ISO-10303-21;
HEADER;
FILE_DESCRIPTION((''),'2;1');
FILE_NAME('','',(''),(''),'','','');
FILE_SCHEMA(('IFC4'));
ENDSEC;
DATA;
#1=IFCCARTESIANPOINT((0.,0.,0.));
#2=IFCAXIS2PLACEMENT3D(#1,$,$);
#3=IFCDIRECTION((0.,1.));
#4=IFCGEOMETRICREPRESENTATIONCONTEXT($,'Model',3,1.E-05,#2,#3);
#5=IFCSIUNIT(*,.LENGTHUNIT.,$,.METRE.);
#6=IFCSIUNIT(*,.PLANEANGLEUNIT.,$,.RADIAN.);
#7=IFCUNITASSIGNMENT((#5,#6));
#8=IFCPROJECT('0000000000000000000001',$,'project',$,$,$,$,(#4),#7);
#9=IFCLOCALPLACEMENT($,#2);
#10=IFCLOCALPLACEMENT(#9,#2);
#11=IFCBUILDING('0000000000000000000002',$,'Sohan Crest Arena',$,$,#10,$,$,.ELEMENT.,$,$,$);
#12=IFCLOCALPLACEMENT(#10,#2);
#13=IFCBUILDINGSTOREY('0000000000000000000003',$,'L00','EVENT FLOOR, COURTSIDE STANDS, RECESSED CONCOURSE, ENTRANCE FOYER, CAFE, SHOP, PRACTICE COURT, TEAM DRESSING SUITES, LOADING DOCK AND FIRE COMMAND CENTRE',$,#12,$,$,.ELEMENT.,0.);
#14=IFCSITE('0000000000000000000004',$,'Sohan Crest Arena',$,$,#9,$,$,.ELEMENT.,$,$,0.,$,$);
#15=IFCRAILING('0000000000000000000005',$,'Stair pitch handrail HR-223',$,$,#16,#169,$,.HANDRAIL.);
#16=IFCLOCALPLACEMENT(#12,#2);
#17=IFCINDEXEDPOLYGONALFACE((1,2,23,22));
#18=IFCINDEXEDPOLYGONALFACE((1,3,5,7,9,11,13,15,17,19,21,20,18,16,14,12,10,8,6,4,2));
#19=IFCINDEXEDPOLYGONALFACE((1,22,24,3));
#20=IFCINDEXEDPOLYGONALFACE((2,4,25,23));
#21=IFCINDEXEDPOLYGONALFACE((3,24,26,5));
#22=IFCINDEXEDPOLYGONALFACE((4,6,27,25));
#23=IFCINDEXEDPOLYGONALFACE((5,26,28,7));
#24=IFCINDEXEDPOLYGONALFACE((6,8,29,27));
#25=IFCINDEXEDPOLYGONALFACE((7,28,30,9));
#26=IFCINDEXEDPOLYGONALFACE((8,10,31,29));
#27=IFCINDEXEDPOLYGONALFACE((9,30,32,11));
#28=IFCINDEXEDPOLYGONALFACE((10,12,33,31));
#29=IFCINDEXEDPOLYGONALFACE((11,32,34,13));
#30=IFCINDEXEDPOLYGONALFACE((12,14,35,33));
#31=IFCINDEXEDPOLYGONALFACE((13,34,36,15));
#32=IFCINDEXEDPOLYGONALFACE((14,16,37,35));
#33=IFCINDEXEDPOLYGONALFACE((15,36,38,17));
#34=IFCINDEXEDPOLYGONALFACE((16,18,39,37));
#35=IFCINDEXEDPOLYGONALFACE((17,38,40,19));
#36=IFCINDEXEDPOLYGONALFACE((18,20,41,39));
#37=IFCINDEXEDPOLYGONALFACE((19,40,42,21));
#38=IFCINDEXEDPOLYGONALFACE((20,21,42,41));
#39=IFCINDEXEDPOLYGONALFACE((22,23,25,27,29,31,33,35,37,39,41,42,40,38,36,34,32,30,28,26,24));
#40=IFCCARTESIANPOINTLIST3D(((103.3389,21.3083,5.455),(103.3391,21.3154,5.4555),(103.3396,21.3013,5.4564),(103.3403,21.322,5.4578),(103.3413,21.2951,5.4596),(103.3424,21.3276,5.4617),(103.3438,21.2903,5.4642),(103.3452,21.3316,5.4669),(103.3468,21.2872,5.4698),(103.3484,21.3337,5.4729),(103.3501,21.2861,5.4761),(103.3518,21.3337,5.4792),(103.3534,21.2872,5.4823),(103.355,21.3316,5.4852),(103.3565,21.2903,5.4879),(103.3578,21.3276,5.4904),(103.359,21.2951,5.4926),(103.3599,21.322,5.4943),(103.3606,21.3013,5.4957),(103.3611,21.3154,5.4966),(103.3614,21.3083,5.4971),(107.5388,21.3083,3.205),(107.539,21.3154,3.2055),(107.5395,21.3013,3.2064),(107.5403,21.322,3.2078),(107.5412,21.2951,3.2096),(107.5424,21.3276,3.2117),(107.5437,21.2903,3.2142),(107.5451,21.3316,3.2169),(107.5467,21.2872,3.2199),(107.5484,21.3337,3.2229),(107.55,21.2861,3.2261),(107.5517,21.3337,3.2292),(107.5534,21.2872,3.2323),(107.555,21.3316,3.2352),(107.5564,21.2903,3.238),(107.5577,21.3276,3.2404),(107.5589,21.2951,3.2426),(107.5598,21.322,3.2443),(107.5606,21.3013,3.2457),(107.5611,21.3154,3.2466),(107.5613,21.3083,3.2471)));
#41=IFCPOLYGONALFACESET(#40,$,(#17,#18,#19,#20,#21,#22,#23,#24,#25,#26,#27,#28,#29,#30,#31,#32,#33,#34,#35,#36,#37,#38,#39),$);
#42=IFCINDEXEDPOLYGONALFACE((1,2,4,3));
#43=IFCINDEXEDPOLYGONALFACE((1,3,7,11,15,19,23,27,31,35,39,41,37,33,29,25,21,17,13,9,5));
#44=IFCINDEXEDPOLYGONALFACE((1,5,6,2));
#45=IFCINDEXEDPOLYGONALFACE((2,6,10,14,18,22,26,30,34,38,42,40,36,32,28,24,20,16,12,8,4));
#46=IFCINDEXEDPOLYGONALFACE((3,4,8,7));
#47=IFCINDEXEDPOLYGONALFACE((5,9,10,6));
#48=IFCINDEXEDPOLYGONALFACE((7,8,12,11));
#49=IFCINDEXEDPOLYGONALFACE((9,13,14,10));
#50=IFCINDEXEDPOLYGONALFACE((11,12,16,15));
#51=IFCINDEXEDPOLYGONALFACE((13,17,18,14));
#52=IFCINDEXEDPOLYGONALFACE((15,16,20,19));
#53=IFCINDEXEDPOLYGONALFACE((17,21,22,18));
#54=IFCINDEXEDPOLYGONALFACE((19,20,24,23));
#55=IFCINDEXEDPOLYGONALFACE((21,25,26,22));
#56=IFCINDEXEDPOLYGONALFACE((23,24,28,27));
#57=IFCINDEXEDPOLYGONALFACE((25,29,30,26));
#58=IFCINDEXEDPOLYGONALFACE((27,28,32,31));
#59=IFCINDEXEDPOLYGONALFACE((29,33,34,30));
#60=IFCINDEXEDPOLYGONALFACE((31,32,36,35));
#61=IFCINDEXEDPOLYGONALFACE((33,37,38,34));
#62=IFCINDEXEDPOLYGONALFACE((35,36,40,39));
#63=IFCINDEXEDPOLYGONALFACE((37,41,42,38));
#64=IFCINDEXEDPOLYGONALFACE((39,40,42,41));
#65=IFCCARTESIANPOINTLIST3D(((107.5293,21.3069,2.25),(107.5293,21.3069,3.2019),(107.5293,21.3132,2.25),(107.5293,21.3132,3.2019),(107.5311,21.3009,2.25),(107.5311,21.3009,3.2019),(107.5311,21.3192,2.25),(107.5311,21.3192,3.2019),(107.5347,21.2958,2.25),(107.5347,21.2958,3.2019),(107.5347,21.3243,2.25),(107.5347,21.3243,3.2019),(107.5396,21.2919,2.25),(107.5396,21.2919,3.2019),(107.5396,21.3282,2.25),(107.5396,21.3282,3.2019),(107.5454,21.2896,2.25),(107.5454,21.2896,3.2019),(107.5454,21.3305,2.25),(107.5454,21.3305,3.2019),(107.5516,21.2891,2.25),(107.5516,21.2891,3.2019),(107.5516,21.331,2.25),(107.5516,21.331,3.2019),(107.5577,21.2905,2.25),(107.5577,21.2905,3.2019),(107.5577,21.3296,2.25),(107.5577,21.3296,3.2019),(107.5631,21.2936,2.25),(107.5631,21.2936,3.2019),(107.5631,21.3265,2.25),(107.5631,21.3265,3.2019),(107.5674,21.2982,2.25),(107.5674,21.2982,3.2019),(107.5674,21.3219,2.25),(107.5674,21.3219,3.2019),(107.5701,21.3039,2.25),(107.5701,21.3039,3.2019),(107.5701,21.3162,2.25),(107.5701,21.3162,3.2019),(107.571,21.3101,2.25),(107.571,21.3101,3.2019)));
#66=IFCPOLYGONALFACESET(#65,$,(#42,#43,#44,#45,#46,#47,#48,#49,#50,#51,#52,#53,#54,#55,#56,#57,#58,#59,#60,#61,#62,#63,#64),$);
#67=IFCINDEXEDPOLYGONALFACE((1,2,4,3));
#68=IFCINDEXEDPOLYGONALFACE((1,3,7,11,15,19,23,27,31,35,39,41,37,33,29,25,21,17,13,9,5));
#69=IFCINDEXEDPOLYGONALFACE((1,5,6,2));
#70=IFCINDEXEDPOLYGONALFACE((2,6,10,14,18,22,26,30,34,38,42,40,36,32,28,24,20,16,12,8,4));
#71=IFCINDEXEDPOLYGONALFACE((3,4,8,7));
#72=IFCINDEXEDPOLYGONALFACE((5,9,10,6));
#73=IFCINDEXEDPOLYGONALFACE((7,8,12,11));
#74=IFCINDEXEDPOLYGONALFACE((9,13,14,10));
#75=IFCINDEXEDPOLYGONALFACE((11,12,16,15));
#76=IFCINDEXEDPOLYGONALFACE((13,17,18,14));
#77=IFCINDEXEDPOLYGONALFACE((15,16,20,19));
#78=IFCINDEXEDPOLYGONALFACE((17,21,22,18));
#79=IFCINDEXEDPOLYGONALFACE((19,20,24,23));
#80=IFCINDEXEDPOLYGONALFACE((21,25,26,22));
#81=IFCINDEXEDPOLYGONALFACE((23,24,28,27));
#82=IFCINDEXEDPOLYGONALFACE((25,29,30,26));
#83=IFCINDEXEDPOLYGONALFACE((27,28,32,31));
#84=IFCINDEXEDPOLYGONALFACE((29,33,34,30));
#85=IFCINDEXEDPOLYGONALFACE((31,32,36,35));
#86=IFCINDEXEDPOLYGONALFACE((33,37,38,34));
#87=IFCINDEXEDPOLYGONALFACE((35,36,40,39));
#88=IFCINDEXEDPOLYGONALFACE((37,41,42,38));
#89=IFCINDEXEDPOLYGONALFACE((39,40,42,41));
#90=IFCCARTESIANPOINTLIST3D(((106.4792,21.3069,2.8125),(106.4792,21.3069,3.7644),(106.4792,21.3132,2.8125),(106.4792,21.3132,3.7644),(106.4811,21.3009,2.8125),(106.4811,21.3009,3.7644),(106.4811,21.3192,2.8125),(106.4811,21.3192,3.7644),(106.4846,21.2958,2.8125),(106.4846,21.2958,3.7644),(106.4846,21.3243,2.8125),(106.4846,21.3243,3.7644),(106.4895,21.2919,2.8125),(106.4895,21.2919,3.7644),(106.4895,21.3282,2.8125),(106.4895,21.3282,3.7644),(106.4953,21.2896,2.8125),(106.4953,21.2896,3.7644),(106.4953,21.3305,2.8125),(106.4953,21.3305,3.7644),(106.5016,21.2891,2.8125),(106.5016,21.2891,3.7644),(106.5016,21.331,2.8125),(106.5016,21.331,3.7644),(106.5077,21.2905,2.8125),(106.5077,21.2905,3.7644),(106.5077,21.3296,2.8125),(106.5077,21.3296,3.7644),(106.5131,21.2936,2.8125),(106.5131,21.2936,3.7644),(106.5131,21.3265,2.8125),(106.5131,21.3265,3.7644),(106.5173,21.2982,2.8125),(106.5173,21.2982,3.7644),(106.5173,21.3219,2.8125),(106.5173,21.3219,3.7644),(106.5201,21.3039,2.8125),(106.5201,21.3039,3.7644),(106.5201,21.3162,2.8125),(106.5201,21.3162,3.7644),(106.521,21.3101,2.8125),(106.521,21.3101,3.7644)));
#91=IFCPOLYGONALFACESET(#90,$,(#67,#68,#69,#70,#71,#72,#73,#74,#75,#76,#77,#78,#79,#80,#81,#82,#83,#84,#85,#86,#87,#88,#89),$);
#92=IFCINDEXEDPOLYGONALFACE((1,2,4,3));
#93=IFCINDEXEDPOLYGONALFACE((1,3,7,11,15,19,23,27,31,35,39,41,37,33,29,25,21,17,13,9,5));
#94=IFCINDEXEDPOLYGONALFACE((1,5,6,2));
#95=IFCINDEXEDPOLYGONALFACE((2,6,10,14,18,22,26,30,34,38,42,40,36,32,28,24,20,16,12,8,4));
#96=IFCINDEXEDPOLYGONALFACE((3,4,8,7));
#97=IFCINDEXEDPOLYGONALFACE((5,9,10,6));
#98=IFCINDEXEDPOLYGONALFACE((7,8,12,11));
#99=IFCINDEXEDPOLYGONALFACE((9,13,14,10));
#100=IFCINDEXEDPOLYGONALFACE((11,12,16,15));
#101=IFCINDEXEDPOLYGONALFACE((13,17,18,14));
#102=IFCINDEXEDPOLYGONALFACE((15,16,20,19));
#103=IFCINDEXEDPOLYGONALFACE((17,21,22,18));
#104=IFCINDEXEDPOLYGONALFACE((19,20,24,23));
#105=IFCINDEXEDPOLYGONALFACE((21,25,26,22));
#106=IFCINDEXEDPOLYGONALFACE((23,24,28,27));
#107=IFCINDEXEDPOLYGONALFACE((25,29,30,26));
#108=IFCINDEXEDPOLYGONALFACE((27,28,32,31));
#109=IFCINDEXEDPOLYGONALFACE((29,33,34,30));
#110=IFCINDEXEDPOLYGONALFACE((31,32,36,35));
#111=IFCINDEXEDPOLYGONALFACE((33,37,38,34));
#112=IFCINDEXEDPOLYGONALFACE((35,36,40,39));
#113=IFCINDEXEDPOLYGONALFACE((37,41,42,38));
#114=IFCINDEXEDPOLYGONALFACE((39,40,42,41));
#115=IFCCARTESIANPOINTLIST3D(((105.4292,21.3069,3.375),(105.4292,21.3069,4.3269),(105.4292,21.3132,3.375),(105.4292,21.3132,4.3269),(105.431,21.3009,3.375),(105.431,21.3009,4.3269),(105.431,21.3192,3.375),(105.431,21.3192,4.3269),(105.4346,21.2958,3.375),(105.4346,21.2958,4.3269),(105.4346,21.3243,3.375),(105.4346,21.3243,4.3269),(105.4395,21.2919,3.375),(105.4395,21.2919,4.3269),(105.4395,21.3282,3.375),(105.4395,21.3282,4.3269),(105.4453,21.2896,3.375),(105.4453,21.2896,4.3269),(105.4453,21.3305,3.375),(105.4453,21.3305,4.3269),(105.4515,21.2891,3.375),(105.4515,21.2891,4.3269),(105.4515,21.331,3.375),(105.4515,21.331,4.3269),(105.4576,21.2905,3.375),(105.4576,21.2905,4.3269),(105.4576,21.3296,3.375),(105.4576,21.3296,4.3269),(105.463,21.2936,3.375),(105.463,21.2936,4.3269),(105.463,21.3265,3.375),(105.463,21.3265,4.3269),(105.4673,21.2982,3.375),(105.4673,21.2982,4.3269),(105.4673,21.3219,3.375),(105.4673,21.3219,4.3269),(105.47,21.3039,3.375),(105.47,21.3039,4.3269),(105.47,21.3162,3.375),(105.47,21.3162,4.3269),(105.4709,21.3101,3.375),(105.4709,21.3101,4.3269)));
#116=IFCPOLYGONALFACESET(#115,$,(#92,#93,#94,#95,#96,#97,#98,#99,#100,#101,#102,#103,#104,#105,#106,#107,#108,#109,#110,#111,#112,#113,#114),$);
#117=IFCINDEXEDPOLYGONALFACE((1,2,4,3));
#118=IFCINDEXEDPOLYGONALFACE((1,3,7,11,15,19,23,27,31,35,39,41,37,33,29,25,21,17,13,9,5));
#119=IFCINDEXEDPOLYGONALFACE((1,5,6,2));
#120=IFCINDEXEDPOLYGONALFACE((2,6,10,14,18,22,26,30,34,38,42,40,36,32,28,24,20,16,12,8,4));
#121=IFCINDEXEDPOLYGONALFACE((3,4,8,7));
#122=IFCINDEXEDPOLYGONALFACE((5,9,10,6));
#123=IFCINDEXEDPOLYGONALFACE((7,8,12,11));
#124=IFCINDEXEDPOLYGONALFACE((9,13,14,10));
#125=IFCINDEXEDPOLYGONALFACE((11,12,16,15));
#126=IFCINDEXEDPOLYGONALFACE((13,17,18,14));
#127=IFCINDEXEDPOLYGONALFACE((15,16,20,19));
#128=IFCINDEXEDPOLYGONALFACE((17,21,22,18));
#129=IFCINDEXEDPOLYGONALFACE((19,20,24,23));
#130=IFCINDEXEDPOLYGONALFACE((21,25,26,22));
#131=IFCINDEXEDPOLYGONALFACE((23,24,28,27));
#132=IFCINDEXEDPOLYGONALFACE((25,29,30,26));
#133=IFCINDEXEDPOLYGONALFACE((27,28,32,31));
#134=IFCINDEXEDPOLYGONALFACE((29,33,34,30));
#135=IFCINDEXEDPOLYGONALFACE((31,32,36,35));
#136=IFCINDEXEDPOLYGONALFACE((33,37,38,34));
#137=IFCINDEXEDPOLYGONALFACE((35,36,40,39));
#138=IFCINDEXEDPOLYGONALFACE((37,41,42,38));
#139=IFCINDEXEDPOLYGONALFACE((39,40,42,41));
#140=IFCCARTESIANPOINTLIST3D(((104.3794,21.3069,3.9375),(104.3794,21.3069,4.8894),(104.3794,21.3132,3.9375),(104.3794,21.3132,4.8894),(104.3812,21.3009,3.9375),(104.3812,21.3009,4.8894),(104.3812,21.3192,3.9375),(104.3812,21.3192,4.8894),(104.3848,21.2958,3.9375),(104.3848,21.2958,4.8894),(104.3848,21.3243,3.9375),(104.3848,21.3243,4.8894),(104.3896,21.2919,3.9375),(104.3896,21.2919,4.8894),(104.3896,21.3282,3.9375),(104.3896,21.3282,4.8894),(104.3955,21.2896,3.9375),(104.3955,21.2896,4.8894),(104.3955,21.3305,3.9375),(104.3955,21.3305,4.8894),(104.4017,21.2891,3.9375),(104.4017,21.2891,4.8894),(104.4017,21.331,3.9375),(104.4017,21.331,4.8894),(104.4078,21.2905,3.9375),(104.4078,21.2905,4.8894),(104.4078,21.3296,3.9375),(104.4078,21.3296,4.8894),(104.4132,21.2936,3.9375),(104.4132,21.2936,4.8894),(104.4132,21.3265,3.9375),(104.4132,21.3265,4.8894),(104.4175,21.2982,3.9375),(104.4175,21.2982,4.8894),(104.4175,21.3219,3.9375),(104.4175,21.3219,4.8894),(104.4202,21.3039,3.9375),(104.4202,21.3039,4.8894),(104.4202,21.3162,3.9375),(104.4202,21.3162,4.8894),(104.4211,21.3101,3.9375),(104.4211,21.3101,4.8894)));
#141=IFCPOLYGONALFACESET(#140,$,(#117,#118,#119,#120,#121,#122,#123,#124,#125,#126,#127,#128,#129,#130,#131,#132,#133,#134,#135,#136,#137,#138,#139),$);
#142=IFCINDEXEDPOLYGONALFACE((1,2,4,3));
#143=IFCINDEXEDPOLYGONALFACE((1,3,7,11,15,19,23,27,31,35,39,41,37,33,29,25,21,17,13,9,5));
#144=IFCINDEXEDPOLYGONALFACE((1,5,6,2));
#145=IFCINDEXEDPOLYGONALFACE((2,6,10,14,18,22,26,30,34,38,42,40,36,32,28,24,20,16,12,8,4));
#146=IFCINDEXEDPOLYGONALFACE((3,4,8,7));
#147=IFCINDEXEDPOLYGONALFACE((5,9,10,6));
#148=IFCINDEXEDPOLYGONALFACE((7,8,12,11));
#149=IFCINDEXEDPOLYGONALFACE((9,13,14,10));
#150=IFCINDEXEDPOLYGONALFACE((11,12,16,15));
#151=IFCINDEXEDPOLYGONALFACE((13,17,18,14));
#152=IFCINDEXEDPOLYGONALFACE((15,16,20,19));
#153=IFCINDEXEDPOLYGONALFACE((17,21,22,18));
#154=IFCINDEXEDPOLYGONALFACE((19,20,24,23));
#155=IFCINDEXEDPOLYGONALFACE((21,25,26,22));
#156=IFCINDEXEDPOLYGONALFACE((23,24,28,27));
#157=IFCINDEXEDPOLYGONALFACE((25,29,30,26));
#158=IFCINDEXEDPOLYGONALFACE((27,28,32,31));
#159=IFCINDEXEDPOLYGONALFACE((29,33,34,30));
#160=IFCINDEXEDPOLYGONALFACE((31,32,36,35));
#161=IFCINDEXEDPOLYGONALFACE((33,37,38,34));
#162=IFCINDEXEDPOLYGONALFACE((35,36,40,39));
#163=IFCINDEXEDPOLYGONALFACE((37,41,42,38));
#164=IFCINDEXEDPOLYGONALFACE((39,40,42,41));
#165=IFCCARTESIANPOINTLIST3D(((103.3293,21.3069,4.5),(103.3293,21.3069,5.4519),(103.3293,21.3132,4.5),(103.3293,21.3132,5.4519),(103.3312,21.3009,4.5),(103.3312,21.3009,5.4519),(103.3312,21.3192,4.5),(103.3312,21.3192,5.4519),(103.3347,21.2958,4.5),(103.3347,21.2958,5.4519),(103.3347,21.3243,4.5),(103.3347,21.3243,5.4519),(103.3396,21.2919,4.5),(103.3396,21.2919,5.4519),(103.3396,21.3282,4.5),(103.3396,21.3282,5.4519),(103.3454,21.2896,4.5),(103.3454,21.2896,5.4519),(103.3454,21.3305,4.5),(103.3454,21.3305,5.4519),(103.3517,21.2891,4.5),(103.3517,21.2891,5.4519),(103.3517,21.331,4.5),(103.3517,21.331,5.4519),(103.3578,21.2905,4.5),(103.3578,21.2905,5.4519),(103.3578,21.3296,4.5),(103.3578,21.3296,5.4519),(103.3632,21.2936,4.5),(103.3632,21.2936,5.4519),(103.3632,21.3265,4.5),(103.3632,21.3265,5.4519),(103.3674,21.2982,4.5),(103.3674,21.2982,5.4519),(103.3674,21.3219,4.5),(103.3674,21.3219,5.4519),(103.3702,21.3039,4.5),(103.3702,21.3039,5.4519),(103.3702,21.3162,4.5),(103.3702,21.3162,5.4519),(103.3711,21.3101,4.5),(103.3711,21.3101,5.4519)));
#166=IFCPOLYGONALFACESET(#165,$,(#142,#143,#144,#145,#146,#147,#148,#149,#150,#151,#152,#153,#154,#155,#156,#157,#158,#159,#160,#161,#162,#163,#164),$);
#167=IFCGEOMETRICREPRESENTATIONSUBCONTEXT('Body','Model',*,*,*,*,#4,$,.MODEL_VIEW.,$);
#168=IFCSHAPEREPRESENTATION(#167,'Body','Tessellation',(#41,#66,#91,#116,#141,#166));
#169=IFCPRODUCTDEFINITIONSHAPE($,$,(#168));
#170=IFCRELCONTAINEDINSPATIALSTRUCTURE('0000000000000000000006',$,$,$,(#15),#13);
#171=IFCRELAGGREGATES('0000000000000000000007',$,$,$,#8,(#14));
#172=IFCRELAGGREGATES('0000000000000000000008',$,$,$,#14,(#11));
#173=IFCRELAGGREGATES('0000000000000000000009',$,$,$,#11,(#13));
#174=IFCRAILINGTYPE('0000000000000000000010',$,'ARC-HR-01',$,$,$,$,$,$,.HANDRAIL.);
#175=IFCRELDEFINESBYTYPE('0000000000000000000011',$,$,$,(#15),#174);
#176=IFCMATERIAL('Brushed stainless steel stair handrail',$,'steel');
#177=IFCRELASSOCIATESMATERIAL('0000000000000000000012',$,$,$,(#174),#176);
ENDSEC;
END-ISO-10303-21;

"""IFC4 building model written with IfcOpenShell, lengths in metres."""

from ifc_helpers import new_model, si_unit, direction, frame, origin, origin_2d, place, context, subcontext, project, spatial, circle, extrude, material, type_object, element, save


model = new_model("IFC4")

# Units and contexts
model_context = context("Model", 3, precision=1e-05, world=origin(), true_north=direction((0.0, 1.0)))
body_context = subcontext(model_context, "Body", "Model", "MODEL_VIEW")
ifc_project = project(units=[si_unit("LENGTHUNIT", "METRE"), si_unit("PLANEANGLEUNIT", "RADIAN")], contexts=[model_context])

# Site, building, storey
site_placement = place(None, origin())
site = spatial("IfcSite", under=ifc_project, at=site_placement, Name="Sohan Crest Arena", CompositionType="ELEMENT", RefElevation=0.0)
building_placement = place(site_placement, origin())
building = spatial("IfcBuilding", under=site, at=building_placement, Name="Sohan Crest Arena", CompositionType="ELEMENT")
storey_placement = place(building_placement, origin())
storey = spatial("IfcBuildingStorey", under=building, at=storey_placement, Name="L00", Description="EVENT FLOOR, COURTSIDE STANDS, RECESSED CONCOURSE, ENTRANCE FOYER, CAFE, SHOP, PRACTICE COURT, TEAM DRESSING SUITES, LOADING DOCK AND FIRE COMMAND CENTRE", CompositionType="ELEMENT", Elevation=0.0)

# Railing
ifc_material_1 = material(Name="Brushed stainless steel stair handrail", Category="steel")
railing_type_1 = type_object("IfcRailingType", Name="ARC-HR-01", PredefinedType="HANDRAIL", material=ifc_material_1)
railing_1_placement = place(storey_placement, frame((107.55, 21.3101, 2.25)))
element("IfcRailing", 1, at=railing_1_placement, inside=storey, type_object=railing_type_1, Name="Stair pitch handrail HR-223", PredefinedType="HANDRAIL", context=body_context, shape_type="SweptSolid", body=[
    extrude(circle(Radius=0.0239, at=origin_2d()), frame((0.0, 0.0, 0.9761), z_axis=(-0.881478, 0.0, 0.472226), x_axis=(0.0, -1.0, 0.0)), (0.0, 0.0, 1.0), 4.7646),
    extrude(circle(Radius=0.021, at=origin_2d()), origin(), (0.0, 0.0, 1.0), 0.9519),
    extrude(circle(Radius=0.021, at=origin_2d()), frame((-1.05, 0.0, 0.5625)), (0.0, 0.0, 1.0), 0.9519),
    extrude(circle(Radius=0.021, at=origin_2d()), frame((-2.1001, 0.0, 1.125)), (0.0, 0.0, 1.0), 0.9519),
    extrude(circle(Radius=0.021, at=origin_2d()), frame((-3.1499, 0.0, 1.6875)), (0.0, 0.0, 1.0), 0.9519),
    extrude(circle(Radius=0.021, at=origin_2d()), frame((-4.2, 0.0, 2.25)), (0.0, 0.0, 1.0), 0.9519),
])

save(model, "model.ifc")
